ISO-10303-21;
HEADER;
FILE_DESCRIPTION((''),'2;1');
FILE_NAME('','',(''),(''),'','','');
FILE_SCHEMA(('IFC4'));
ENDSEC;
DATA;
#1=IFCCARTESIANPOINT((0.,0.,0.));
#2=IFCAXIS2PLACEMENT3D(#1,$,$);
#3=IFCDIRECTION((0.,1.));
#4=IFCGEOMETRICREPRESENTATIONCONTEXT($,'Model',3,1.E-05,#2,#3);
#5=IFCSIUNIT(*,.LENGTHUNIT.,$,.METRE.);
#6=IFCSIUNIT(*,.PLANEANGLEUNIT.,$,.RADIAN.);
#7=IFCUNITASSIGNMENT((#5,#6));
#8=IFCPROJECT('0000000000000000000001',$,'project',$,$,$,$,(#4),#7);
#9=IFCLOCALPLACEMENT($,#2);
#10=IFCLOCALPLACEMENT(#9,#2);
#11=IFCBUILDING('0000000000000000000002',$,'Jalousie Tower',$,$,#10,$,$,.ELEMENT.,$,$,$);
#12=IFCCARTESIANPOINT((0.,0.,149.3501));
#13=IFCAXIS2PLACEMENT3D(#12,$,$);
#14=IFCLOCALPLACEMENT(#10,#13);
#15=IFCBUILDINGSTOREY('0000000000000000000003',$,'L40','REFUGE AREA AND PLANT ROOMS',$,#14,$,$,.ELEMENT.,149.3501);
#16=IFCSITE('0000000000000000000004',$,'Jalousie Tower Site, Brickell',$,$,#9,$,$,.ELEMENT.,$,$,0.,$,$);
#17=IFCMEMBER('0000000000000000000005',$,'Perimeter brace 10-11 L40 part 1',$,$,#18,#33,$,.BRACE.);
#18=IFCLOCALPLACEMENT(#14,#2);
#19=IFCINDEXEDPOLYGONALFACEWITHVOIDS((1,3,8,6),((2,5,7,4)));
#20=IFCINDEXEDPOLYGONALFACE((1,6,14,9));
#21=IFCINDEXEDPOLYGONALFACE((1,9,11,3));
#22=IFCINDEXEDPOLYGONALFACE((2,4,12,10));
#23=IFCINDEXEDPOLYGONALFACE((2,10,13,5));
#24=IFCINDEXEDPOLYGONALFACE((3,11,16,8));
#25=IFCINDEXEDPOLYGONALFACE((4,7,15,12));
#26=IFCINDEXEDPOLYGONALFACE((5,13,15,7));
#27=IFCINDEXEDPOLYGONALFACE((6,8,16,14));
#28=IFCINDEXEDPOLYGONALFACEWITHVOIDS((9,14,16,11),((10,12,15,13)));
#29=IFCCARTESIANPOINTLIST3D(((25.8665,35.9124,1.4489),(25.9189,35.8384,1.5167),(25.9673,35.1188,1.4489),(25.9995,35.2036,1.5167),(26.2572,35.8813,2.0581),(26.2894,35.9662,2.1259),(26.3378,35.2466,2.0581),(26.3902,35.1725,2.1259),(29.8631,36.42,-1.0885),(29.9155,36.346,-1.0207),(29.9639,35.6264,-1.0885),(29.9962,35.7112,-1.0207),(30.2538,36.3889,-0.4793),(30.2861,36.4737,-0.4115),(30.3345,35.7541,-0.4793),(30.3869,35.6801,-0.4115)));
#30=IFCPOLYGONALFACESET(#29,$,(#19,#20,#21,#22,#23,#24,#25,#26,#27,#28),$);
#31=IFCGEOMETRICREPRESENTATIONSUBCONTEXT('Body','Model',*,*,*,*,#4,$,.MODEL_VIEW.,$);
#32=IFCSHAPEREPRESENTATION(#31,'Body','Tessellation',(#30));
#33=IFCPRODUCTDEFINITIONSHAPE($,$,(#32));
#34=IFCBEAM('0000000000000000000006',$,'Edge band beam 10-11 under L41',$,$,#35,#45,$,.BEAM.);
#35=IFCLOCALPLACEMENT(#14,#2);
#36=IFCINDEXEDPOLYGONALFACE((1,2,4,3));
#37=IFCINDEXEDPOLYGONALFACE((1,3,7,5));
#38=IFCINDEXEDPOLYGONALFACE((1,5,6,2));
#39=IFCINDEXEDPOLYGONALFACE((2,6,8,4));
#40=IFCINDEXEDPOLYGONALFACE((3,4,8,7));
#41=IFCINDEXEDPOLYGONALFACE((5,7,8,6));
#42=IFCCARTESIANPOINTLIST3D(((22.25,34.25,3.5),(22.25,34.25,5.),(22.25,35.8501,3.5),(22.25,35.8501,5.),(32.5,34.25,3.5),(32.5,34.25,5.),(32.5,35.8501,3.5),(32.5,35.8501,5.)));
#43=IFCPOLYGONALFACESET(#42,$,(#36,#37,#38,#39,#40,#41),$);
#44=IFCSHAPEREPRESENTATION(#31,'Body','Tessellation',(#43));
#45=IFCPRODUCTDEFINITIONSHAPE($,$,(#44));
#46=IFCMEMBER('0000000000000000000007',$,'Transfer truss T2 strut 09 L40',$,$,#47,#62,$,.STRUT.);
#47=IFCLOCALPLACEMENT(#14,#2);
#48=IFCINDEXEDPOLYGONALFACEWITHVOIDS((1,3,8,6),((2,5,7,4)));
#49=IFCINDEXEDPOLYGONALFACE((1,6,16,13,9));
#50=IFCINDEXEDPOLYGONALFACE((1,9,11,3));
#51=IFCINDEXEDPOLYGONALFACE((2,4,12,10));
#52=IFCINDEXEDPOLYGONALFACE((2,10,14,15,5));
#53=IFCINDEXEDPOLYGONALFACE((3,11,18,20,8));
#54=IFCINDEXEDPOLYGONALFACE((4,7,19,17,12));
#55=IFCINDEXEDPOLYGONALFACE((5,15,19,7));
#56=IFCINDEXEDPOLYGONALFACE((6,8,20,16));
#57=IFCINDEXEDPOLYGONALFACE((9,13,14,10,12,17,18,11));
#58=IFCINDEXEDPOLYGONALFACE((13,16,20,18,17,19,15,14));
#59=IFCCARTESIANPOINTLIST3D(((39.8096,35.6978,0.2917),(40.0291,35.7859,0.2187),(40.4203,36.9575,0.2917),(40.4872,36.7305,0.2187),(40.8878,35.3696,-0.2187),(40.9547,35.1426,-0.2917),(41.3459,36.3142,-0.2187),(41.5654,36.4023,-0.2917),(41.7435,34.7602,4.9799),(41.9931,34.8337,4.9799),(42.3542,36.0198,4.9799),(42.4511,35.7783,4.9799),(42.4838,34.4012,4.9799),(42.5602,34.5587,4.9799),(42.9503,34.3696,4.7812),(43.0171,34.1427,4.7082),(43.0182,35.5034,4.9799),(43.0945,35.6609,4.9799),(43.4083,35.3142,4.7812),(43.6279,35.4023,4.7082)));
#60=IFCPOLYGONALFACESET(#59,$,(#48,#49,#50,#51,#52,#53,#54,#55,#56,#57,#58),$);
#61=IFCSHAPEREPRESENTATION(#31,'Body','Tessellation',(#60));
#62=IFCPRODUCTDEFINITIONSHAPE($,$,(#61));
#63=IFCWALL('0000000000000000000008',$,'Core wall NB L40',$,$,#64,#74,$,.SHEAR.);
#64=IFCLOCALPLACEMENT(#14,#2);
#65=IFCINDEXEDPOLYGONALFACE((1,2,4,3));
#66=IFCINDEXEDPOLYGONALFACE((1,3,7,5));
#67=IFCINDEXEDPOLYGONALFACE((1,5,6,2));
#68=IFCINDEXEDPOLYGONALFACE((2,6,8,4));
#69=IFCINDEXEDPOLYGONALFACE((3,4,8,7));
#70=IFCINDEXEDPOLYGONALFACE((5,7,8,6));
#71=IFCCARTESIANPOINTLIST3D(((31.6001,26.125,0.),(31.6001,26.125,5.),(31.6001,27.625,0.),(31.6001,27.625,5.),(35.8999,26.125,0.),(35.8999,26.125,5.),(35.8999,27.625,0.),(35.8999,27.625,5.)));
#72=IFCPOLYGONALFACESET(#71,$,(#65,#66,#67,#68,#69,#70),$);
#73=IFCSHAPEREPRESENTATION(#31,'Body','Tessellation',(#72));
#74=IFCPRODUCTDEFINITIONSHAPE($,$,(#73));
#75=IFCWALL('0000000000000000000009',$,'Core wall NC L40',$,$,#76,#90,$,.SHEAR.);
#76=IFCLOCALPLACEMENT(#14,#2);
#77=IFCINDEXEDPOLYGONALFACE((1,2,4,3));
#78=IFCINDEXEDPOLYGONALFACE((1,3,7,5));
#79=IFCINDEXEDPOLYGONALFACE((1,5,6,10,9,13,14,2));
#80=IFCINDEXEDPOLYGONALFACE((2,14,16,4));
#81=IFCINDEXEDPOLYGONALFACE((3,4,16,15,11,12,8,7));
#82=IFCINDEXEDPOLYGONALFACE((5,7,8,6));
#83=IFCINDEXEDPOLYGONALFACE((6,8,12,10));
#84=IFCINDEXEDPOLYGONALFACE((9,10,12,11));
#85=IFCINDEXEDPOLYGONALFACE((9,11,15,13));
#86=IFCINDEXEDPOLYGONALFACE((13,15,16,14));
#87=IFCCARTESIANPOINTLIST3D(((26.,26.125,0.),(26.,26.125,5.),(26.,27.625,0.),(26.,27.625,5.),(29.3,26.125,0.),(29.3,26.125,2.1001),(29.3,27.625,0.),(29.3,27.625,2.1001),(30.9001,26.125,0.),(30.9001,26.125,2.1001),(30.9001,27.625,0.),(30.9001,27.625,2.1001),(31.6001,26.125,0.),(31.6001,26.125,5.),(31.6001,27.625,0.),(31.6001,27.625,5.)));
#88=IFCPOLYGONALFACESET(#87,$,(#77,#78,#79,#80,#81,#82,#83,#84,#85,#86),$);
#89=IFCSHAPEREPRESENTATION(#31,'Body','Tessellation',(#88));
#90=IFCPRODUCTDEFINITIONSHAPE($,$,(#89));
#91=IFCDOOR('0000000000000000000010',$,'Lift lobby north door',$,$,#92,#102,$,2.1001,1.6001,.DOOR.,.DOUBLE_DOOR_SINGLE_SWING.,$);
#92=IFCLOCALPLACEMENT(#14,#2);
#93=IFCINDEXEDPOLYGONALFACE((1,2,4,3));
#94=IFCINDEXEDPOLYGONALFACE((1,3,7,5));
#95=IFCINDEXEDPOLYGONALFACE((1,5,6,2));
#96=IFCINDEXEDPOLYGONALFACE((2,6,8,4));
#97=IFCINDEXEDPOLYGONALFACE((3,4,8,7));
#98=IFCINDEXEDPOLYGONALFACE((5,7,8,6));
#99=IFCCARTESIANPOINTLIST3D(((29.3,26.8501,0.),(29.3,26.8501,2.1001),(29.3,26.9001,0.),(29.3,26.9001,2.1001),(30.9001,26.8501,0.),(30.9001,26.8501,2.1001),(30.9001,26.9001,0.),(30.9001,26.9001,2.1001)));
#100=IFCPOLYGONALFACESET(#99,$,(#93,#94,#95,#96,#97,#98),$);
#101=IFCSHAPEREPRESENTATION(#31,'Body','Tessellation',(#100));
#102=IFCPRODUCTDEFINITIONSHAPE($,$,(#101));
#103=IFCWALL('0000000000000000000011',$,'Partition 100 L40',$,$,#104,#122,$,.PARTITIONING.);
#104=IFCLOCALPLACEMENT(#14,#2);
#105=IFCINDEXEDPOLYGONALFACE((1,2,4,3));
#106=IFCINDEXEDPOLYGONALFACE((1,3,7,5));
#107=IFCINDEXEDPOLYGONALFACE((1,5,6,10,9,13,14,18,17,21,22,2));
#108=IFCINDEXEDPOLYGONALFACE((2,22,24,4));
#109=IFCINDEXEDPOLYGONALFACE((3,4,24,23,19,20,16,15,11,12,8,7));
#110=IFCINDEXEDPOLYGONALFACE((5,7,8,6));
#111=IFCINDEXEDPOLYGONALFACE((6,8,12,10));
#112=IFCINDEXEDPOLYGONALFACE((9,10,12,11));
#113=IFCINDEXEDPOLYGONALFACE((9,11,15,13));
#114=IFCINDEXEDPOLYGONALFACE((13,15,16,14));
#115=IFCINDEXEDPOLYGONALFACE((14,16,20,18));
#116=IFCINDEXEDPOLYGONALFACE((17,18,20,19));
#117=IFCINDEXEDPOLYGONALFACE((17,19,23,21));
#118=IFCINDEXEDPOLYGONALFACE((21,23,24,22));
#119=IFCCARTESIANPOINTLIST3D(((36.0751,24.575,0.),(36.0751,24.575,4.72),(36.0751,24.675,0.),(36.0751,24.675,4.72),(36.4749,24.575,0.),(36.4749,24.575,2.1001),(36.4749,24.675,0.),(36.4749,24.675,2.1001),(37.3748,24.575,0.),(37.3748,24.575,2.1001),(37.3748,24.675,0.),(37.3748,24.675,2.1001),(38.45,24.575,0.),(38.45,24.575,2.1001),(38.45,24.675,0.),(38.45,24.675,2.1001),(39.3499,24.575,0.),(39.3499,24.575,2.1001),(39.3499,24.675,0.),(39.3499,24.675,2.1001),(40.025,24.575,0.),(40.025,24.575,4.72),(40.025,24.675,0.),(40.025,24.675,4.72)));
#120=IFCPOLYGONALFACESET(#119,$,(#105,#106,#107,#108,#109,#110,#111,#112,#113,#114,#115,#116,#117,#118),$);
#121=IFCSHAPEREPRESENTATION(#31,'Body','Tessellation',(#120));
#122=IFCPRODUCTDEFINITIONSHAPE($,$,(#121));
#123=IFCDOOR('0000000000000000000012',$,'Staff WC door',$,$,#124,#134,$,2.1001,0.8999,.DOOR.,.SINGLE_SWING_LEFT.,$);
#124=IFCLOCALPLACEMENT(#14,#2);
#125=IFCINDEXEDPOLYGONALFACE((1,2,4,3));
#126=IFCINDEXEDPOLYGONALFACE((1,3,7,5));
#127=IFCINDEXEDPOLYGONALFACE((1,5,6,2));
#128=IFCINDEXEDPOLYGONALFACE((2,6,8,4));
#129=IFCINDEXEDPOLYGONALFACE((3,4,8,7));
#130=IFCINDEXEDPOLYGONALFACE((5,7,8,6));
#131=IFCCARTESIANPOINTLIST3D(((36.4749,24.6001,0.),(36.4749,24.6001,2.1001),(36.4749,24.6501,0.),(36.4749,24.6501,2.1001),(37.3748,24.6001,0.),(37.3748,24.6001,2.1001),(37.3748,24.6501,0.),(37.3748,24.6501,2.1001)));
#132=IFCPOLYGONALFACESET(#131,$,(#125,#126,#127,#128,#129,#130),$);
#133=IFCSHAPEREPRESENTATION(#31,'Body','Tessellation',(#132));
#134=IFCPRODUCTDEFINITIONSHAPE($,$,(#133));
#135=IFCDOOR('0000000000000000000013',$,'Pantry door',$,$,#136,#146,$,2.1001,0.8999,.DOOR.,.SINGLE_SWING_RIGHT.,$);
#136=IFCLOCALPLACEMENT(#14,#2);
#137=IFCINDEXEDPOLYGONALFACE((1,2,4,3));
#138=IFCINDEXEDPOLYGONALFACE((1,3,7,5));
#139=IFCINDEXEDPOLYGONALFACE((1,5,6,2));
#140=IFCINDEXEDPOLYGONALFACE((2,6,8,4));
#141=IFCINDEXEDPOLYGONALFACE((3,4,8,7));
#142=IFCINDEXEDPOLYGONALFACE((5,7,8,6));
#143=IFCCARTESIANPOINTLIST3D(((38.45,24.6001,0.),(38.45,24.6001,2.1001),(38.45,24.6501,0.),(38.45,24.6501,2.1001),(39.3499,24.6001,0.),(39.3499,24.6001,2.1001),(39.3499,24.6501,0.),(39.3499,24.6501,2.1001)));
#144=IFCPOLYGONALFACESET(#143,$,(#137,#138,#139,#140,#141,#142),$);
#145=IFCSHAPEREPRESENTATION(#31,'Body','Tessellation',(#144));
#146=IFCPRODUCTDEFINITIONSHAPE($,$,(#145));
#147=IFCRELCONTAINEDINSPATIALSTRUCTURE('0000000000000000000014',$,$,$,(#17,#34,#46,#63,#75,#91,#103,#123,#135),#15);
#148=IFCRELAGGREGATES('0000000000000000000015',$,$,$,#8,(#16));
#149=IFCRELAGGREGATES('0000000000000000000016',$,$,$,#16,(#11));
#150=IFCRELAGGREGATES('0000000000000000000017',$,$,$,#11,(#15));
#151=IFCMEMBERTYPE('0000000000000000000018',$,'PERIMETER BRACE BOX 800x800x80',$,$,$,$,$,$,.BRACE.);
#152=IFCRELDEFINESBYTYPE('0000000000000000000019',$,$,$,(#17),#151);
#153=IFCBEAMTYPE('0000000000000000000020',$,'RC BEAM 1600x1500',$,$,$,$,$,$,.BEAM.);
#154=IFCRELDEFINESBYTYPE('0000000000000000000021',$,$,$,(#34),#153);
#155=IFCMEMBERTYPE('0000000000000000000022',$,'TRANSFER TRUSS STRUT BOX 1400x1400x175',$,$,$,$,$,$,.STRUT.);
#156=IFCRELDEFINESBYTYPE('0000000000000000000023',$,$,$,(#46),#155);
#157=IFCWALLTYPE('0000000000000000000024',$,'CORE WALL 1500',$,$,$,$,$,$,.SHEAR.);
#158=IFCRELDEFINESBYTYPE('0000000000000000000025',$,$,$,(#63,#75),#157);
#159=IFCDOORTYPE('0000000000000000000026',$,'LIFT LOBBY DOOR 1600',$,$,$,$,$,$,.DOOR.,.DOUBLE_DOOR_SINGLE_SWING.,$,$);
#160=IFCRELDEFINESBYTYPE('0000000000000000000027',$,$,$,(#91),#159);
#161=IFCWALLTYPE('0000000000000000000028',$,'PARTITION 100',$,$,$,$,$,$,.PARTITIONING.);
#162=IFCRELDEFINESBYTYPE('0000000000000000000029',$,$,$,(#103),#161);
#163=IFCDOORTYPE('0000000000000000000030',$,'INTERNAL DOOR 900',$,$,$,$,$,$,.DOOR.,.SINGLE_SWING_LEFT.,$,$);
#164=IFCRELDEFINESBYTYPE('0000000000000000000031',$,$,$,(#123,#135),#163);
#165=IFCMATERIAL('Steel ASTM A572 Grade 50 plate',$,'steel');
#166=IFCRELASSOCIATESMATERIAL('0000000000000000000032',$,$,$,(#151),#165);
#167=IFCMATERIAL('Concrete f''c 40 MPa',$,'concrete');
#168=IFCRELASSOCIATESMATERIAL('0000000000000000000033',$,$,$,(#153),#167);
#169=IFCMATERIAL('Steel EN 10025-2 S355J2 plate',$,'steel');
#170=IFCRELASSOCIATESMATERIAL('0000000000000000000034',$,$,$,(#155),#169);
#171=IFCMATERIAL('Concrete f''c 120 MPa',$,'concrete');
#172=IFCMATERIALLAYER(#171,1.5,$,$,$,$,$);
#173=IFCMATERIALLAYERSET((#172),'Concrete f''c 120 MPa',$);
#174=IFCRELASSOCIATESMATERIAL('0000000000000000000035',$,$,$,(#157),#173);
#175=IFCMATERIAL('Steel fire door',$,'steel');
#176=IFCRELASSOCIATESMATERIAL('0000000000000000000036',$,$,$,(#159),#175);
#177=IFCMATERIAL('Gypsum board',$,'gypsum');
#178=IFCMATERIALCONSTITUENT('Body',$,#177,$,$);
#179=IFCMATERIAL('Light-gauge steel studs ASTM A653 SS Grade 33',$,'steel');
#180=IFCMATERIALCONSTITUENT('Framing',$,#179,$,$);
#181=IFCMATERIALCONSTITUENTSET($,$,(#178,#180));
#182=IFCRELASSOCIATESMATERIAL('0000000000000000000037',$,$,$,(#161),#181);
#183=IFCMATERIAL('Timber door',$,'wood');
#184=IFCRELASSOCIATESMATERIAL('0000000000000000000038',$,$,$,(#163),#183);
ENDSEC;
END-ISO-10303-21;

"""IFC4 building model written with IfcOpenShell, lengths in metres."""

from ifc_helpers import new_model, si_unit, direction, frame, frame_2d, origin, origin_2d, place, context, subcontext, project, spatial, rectangle, hollow_rectangle, extrude, clip, halfspace, material, layer, layer_set, constituent, constituent_set, material_profile, profile_set, type_object, element, fill, save


model = new_model("IFC4")

# Units and contexts
model_context = context("Model", 3, precision=1e-05, world=origin(), true_north=direction((0.0, 1.0)))
body_context = subcontext(model_context, "Body", "Model", "MODEL_VIEW")
ifc_project = project(units=[si_unit("LENGTHUNIT", "METRE"), si_unit("PLANEANGLEUNIT", "RADIAN")], contexts=[model_context])

# Site, building, storey
site_placement = place(None, origin())
site = spatial("IfcSite", under=ifc_project, at=site_placement, Name="Jalousie Tower Site, Brickell", CompositionType="ELEMENT", RefElevation=0.0)
building_placement = place(site_placement, origin())
building = spatial("IfcBuilding", under=site, at=building_placement, Name="Jalousie Tower", CompositionType="ELEMENT")
storey_placement = place(building_placement, frame((0.0, 0.0, 149.3501)))
storey = spatial("IfcBuildingStorey", under=building, at=storey_placement, Name="L40", Description="REFUGE AREA AND PLANT ROOMS", CompositionType="ELEMENT", Elevation=149.3501)

# Member
ifc_material_1 = material(Name="Steel ASTM A572 Grade 50 plate", Category="steel")
ifc_material_profile_1 = material_profile(ifc_material_1, hollow_rectangle(XDim=0.8, YDim=0.8, WallThickness=0.0801, at=origin_2d()), Name="BOX 800x800x80")
ifc_profile_set_1 = profile_set([ifc_material_profile_1], Name="Steel ASTM A572 Grade 50 plate")
member_type_1 = type_object("IfcMemberType", Name="PERIMETER BRACE BOX 800x800x80", PredefinedType="BRACE", material=ifc_profile_set_1)
member_1_placement = place(storey_placement, frame((30.125, 36.05, -0.75), z_axis=(-0.839417, -0.106606, 0.53293), x_axis=(0.125989, -0.992032, 0.0)))
element("IfcMember", 1, at=member_1_placement, inside=storey, type_object=member_type_1, Name="Perimeter brace 10-11 L40 part 1", PredefinedType="BRACE", context=body_context, shape_type="SweptSolid", body=[
    extrude(hollow_rectangle(XDim=0.8, YDim=0.8, WallThickness=0.0801, at=origin_2d()), origin(), (0.0, 0.0, 1.0), 4.7612),
])

# Beam
ifc_material_2 = material(Name="Concrete f'c 40 MPa", Category="concrete")
ifc_material_profile_2 = material_profile(ifc_material_2, rectangle(XDim=1.6001, YDim=1.5, at=origin_2d()), Name="RC 1600x1500")
ifc_profile_set_2 = profile_set([ifc_material_profile_2], Name="Concrete f'c 40 MPa")
beam_type = type_object("IfcBeamType", Name="RC BEAM 1600x1500", PredefinedType="BEAM", material=ifc_profile_set_2)
beam_placement = place(storey_placement, frame((32.5, 35.05, 4.25), z_axis=(-1.0, 0.0, 0.0), x_axis=(0.0, -1.0, 0.0)))
element("IfcBeam", 2, at=beam_placement, inside=storey, type_object=beam_type, Name="Edge band beam 10-11 under L41", PredefinedType="BEAM", context=body_context, shape_type="SweptSolid", body=[
    extrude(rectangle(XDim=1.6001, YDim=1.5, at=origin_2d()), origin(), (0.0, 0.0, 1.0), 10.25),
])

# Member
ifc_material_3 = material(Name="Steel EN 10025-2 S355J2 plate", Category="steel")
ifc_material_profile_3 = material_profile(ifc_material_3, hollow_rectangle(XDim=1.3999, YDim=1.3999, WallThickness=0.175, at=origin_2d()), Name="BOX 1400x1400x175")
ifc_profile_set_3 = profile_set([ifc_material_profile_3], Name="Steel EN 10025-2 S355J2 plate")
member_type_2 = type_object("IfcMemberType", Name="TRANSFER TRUSS STRUT BOX 1400x1400x175", PredefinedType="STRUT", material=ifc_profile_set_3)
member_2_placement = place(storey_placement, frame((40.6875, 36.05, 0.0), z_axis=(0.374976, -0.181806, 0.909032), x_axis=(0.436274, 0.899814, 0.0)))
element("IfcMember", 3, at=member_2_placement, inside=storey, type_object=member_type_2, Name="Transfer truss T2 strut 09 L40", PredefinedType="STRUT", context=body_context, shape_type="Clipping", body=[
    clip(extrude(hollow_rectangle(XDim=1.3999, YDim=1.3999, WallThickness=0.175, at=origin_2d()), origin(), (0.0, 0.0, 1.0), 5.5002), halfspace(frame((0.0, 0.0, 5.4783), z_axis=(0.0, 0.416726, 0.909032)), False)),
])

# Wall
ifc_material_4 = material(Name="Concrete f'c 120 MPa", Category="concrete")
ifc_layer = layer(ifc_material_4, 1.5)
ifc_layer_set = layer_set([ifc_layer], Name="Concrete f'c 120 MPa")
wall_type_1 = type_object("IfcWallType", Name="CORE WALL 1500", PredefinedType="SHEAR", material=ifc_layer_set)
wall_1_placement = place(storey_placement, frame((35.8999, 26.875, 0.0), z_axis=(0.0, 0.0, 1.0), x_axis=(-1.0, 0.0, 0.0)))
element("IfcWall", 4, at=wall_1_placement, inside=storey, type_object=wall_type_1, Name="Core wall NB L40", PredefinedType="SHEAR", context=body_context, shape_type="SweptSolid", body=[
    extrude(rectangle(XDim=4.2998, YDim=1.5, at=frame_2d((2.1499, 0.0))), origin(), (0.0, 0.0, 1.0), 5.0),
])

# Wall, opening, door
wall_2_placement = place(storey_placement, frame((31.6001, 26.875, 0.0), z_axis=(0.0, 0.0, 1.0), x_axis=(-1.0, 0.0, 0.0)))
wall_2 = element("IfcWall", 5, at=wall_2_placement, inside=storey, type_object=wall_type_1, Name="Core wall NC L40", PredefinedType="SHEAR", context=body_context, shape_type="SweptSolid", body=[
    extrude(rectangle(XDim=5.6001, YDim=1.5, at=frame_2d((2.8, 0.0))), origin(), (0.0, 0.0, 1.0), 5.0),
])
opening_1_placement = place(wall_2_placement, frame((0.7, 0.0, 0.0)))
opening_1 = element("IfcOpeningElement", 6, at=opening_1_placement, cuts=wall_2, PredefinedType="OPENING", context=body_context, shape_type="SweptSolid", body=[
    extrude(rectangle(XDim=1.6001, YDim=2.1001, at=frame_2d((0.8, 1.05))), frame((0.0, 0.76, 0.0), z_axis=(0.0, -1.0, 0.0), x_axis=(1.0, 0.0, 0.0)), (0.0, 0.0, 1.0), 1.52),
])
ifc_material_5 = material(Name="Steel fire door", Category="steel")
door_type_1 = type_object("IfcDoorType", Name="LIFT LOBBY DOOR 1600", OperationType="DOUBLE_DOOR_SINGLE_SWING", PredefinedType="DOOR", material=ifc_material_5)
door_1_placement = place(opening_1_placement, origin())
door_1 = element("IfcDoor", 7, at=door_1_placement, inside=storey, type_object=door_type_1, Name="Lift lobby north door", OperationType="DOUBLE_DOOR_SINGLE_SWING", OverallHeight=2.1001, OverallWidth=1.6001, PredefinedType="DOOR", context=body_context, shape_type="SweptSolid", body=[
    extrude(rectangle(XDim=1.6001, YDim=2.1001, at=frame_2d((0.8, 1.05))), frame((0.0, 0.0249, 0.0), z_axis=(0.0, -1.0, 0.0), x_axis=(1.0, 0.0, 0.0)), (0.0, 0.0, 1.0), 0.05),
])
fill(opening_1, door_1)

# Wall, openings, doors
ifc_material_6 = material(Name="Gypsum board", Category="gypsum")
ifc_constituent_1 = constituent(ifc_material_6, Name="Body")
ifc_material_7 = material(Name="Light-gauge steel studs ASTM A653 SS Grade 33", Category="steel")
ifc_constituent_2 = constituent(ifc_material_7, Name="Framing")
ifc_constituent_set = constituent_set(constituents=[ifc_constituent_1, ifc_constituent_2])
wall_type_2 = type_object("IfcWallType", Name="PARTITION 100", PredefinedType="PARTITIONING", material=ifc_constituent_set)
wall_3_placement = place(storey_placement, frame((36.075, 24.625, 0.0), z_axis=(0.0, 0.0, 1.0), x_axis=(1.0, 0.0, 0.0)))
wall_3 = element("IfcWall", 8, at=wall_3_placement, inside=storey, type_object=wall_type_2, Name="Partition 100 L40", PredefinedType="PARTITIONING", context=body_context, shape_type="SweptSolid", body=[
    extrude(rectangle(XDim=3.95, YDim=0.1001, at=frame_2d((1.9751, 0.0))), origin(), (0.0, 0.0, 1.0), 4.72),
])
opening_2_placement = place(wall_3_placement, frame((0.3999, 0.0, 0.0)))
opening_2 = element("IfcOpeningElement", 9, at=opening_2_placement, cuts=wall_3, PredefinedType="OPENING", context=body_context, shape_type="SweptSolid", body=[
    extrude(rectangle(XDim=0.8999, YDim=2.1001, at=frame_2d((0.45, 1.05))), frame((0.0, 0.0601, 0.0), z_axis=(0.0, -1.0, 0.0), x_axis=(1.0, 0.0, 0.0)), (0.0, 0.0, 1.0), 0.1201),
])
opening_3_placement = place(wall_3_placement, frame((2.375, 0.0, 0.0)))
opening_3 = element("IfcOpeningElement", 10, at=opening_3_placement, cuts=wall_3, PredefinedType="OPENING", context=body_context, shape_type="SweptSolid", body=[
    extrude(rectangle(XDim=0.8999, YDim=2.1001, at=frame_2d((0.45, 1.05))), frame((0.0, 0.0601, 0.0), z_axis=(0.0, -1.0, 0.0), x_axis=(1.0, 0.0, 0.0)), (0.0, 0.0, 1.0), 0.1201),
])
ifc_material_8 = material(Name="Timber door", Category="wood")
door_type_2 = type_object("IfcDoorType", Name="INTERNAL DOOR 900", OperationType="SINGLE_SWING_LEFT", PredefinedType="DOOR", material=ifc_material_8)
door_2_placement = place(opening_2_placement, frame((0.8999, 0.0, 0.0), z_axis=(0.0, 0.0, 1.0), x_axis=(-1.0, 0.0, 0.0)))
door_2 = element("IfcDoor", 11, at=door_2_placement, inside=storey, type_object=door_type_2, Name="Staff WC door", OperationType="SINGLE_SWING_LEFT", OverallHeight=2.1001, OverallWidth=0.8999, PredefinedType="DOOR", context=body_context, shape_type="SweptSolid", body=[
    extrude(rectangle(XDim=0.8999, YDim=2.1001, at=frame_2d((0.45, 1.05))), frame((0.0, 0.0249, 0.0), z_axis=(0.0, -1.0, 0.0), x_axis=(1.0, 0.0, 0.0)), (0.0, 0.0, 1.0), 0.05),
])
fill(opening_2, door_2)
door_3_placement = place(opening_3_placement, frame((0.8999, 0.0, 0.0), z_axis=(0.0, 0.0, 1.0), x_axis=(-1.0, 0.0, 0.0)))
door_3 = element("IfcDoor", 12, at=door_3_placement, inside=storey, type_object=door_type_2, Name="Pantry door", OperationType="SINGLE_SWING_RIGHT", OverallHeight=2.1001, OverallWidth=0.8999, PredefinedType="DOOR", context=body_context, shape_type="SweptSolid", body=[
    extrude(rectangle(XDim=0.8999, YDim=2.1001, at=frame_2d((0.45, 1.05))), frame((0.0, 0.0249, 0.0), z_axis=(0.0, -1.0, 0.0), x_axis=(1.0, 0.0, 0.0)), (0.0, 0.0, 1.0), 0.05),
])
fill(opening_3, door_3)

save(model, "model.ifc")
